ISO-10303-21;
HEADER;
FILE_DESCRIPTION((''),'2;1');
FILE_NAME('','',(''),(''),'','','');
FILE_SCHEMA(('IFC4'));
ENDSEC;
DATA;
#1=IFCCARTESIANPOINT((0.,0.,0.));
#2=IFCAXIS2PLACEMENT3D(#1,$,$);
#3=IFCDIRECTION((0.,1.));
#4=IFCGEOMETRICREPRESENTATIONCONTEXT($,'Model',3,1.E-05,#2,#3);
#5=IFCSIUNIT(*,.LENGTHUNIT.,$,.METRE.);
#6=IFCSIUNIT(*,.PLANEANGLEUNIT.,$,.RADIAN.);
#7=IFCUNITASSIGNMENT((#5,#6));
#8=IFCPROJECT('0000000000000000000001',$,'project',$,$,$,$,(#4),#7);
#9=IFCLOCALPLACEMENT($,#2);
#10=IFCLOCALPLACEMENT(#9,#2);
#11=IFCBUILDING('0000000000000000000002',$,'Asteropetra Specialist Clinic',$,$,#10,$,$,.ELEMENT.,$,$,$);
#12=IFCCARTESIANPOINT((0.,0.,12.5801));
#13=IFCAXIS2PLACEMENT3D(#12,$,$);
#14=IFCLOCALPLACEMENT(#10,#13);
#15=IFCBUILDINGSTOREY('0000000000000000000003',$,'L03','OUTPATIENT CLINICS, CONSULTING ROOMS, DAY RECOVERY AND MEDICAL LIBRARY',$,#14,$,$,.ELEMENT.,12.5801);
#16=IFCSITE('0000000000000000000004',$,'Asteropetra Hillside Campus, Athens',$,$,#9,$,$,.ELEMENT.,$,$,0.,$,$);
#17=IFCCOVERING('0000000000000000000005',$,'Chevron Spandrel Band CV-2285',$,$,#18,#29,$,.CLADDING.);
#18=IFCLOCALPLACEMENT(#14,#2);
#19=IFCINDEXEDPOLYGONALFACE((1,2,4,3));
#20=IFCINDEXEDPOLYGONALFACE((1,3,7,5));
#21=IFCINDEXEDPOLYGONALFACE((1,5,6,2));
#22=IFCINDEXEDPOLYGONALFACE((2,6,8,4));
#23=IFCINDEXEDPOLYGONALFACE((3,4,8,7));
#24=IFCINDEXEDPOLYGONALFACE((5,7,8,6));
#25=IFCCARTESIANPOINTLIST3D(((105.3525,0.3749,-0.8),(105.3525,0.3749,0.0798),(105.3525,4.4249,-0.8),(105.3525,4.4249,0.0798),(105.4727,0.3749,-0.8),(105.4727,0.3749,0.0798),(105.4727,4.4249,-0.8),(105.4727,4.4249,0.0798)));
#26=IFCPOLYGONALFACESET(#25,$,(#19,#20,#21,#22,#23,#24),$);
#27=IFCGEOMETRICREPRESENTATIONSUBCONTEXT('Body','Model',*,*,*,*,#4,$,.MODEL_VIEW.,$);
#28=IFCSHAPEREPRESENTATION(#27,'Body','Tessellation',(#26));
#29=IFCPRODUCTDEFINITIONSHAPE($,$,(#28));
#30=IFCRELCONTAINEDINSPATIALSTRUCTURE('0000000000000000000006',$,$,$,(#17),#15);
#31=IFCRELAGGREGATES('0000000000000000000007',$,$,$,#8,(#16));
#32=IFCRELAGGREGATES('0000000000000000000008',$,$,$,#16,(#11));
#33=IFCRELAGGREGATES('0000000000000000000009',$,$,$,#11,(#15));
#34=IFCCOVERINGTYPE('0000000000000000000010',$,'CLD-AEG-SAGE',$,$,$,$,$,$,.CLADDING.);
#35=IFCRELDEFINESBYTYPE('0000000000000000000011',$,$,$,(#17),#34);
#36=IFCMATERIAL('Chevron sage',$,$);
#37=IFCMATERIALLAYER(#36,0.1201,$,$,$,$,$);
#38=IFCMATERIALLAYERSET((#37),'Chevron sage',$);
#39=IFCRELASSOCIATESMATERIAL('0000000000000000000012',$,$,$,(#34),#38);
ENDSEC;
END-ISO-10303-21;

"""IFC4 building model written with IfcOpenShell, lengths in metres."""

from ifc_helpers import new_model, si_unit, direction, frame, origin, origin_2d, place, context, subcontext, project, spatial, rectangle, extrude, material, layer, layer_set, type_object, element, save


model = new_model("IFC4")

# Units and contexts
model_context = context("Model", 3, precision=1e-05, world=origin(), true_north=direction((0.0, 1.0)))
body_context = subcontext(model_context, "Body", "Model", "MODEL_VIEW")
ifc_project = project(units=[si_unit("LENGTHUNIT", "METRE"), si_unit("PLANEANGLEUNIT", "RADIAN")], contexts=[model_context])

# Site, building, storey
site_placement = place(None, origin())
site = spatial("IfcSite", under=ifc_project, at=site_placement, Name="Asteropetra Hillside Campus, Athens", CompositionType="ELEMENT", RefElevation=0.0)
building_placement = place(site_placement, origin())
building = spatial("IfcBuilding", under=site, at=building_placement, Name="Asteropetra Specialist Clinic", CompositionType="ELEMENT")
storey_placement = place(building_placement, frame((0.0, 0.0, 12.5801)))
storey = spatial("IfcBuildingStorey", under=building, at=storey_placement, Name="L03", Description="OUTPATIENT CLINICS, CONSULTING ROOMS, DAY RECOVERY AND MEDICAL LIBRARY", CompositionType="ELEMENT", Elevation=12.5801)

# Covering
ifc_material_1 = material(Name="Chevron sage")
ifc_layer_1 = layer(ifc_material_1, 0.1201)
ifc_layer_set_1 = layer_set([ifc_layer_1], Name="Chevron sage")
covering_type = type_object("IfcCoveringType", Name="CLD-AEG-SAGE", PredefinedType="CLADDING", material=ifc_layer_set_1)
covering_placement = place(storey_placement, frame((105.4126, 2.3999, -0.8), z_axis=(0.0, 0.0, 1.0), x_axis=(1.0, 0.0, 0.0)))
element("IfcCovering", 1, at=covering_placement, inside=storey, type_object=covering_type, Name="Chevron Spandrel Band CV-2285", PredefinedType="CLADDING", context=body_context, shape_type="SweptSolid", body=[
    extrude(rectangle(XDim=0.1201, YDim=4.05, at=origin_2d()), origin(), (0.0, 0.0, 1.0), 0.8799),
])

save(model, "model.ifc")
